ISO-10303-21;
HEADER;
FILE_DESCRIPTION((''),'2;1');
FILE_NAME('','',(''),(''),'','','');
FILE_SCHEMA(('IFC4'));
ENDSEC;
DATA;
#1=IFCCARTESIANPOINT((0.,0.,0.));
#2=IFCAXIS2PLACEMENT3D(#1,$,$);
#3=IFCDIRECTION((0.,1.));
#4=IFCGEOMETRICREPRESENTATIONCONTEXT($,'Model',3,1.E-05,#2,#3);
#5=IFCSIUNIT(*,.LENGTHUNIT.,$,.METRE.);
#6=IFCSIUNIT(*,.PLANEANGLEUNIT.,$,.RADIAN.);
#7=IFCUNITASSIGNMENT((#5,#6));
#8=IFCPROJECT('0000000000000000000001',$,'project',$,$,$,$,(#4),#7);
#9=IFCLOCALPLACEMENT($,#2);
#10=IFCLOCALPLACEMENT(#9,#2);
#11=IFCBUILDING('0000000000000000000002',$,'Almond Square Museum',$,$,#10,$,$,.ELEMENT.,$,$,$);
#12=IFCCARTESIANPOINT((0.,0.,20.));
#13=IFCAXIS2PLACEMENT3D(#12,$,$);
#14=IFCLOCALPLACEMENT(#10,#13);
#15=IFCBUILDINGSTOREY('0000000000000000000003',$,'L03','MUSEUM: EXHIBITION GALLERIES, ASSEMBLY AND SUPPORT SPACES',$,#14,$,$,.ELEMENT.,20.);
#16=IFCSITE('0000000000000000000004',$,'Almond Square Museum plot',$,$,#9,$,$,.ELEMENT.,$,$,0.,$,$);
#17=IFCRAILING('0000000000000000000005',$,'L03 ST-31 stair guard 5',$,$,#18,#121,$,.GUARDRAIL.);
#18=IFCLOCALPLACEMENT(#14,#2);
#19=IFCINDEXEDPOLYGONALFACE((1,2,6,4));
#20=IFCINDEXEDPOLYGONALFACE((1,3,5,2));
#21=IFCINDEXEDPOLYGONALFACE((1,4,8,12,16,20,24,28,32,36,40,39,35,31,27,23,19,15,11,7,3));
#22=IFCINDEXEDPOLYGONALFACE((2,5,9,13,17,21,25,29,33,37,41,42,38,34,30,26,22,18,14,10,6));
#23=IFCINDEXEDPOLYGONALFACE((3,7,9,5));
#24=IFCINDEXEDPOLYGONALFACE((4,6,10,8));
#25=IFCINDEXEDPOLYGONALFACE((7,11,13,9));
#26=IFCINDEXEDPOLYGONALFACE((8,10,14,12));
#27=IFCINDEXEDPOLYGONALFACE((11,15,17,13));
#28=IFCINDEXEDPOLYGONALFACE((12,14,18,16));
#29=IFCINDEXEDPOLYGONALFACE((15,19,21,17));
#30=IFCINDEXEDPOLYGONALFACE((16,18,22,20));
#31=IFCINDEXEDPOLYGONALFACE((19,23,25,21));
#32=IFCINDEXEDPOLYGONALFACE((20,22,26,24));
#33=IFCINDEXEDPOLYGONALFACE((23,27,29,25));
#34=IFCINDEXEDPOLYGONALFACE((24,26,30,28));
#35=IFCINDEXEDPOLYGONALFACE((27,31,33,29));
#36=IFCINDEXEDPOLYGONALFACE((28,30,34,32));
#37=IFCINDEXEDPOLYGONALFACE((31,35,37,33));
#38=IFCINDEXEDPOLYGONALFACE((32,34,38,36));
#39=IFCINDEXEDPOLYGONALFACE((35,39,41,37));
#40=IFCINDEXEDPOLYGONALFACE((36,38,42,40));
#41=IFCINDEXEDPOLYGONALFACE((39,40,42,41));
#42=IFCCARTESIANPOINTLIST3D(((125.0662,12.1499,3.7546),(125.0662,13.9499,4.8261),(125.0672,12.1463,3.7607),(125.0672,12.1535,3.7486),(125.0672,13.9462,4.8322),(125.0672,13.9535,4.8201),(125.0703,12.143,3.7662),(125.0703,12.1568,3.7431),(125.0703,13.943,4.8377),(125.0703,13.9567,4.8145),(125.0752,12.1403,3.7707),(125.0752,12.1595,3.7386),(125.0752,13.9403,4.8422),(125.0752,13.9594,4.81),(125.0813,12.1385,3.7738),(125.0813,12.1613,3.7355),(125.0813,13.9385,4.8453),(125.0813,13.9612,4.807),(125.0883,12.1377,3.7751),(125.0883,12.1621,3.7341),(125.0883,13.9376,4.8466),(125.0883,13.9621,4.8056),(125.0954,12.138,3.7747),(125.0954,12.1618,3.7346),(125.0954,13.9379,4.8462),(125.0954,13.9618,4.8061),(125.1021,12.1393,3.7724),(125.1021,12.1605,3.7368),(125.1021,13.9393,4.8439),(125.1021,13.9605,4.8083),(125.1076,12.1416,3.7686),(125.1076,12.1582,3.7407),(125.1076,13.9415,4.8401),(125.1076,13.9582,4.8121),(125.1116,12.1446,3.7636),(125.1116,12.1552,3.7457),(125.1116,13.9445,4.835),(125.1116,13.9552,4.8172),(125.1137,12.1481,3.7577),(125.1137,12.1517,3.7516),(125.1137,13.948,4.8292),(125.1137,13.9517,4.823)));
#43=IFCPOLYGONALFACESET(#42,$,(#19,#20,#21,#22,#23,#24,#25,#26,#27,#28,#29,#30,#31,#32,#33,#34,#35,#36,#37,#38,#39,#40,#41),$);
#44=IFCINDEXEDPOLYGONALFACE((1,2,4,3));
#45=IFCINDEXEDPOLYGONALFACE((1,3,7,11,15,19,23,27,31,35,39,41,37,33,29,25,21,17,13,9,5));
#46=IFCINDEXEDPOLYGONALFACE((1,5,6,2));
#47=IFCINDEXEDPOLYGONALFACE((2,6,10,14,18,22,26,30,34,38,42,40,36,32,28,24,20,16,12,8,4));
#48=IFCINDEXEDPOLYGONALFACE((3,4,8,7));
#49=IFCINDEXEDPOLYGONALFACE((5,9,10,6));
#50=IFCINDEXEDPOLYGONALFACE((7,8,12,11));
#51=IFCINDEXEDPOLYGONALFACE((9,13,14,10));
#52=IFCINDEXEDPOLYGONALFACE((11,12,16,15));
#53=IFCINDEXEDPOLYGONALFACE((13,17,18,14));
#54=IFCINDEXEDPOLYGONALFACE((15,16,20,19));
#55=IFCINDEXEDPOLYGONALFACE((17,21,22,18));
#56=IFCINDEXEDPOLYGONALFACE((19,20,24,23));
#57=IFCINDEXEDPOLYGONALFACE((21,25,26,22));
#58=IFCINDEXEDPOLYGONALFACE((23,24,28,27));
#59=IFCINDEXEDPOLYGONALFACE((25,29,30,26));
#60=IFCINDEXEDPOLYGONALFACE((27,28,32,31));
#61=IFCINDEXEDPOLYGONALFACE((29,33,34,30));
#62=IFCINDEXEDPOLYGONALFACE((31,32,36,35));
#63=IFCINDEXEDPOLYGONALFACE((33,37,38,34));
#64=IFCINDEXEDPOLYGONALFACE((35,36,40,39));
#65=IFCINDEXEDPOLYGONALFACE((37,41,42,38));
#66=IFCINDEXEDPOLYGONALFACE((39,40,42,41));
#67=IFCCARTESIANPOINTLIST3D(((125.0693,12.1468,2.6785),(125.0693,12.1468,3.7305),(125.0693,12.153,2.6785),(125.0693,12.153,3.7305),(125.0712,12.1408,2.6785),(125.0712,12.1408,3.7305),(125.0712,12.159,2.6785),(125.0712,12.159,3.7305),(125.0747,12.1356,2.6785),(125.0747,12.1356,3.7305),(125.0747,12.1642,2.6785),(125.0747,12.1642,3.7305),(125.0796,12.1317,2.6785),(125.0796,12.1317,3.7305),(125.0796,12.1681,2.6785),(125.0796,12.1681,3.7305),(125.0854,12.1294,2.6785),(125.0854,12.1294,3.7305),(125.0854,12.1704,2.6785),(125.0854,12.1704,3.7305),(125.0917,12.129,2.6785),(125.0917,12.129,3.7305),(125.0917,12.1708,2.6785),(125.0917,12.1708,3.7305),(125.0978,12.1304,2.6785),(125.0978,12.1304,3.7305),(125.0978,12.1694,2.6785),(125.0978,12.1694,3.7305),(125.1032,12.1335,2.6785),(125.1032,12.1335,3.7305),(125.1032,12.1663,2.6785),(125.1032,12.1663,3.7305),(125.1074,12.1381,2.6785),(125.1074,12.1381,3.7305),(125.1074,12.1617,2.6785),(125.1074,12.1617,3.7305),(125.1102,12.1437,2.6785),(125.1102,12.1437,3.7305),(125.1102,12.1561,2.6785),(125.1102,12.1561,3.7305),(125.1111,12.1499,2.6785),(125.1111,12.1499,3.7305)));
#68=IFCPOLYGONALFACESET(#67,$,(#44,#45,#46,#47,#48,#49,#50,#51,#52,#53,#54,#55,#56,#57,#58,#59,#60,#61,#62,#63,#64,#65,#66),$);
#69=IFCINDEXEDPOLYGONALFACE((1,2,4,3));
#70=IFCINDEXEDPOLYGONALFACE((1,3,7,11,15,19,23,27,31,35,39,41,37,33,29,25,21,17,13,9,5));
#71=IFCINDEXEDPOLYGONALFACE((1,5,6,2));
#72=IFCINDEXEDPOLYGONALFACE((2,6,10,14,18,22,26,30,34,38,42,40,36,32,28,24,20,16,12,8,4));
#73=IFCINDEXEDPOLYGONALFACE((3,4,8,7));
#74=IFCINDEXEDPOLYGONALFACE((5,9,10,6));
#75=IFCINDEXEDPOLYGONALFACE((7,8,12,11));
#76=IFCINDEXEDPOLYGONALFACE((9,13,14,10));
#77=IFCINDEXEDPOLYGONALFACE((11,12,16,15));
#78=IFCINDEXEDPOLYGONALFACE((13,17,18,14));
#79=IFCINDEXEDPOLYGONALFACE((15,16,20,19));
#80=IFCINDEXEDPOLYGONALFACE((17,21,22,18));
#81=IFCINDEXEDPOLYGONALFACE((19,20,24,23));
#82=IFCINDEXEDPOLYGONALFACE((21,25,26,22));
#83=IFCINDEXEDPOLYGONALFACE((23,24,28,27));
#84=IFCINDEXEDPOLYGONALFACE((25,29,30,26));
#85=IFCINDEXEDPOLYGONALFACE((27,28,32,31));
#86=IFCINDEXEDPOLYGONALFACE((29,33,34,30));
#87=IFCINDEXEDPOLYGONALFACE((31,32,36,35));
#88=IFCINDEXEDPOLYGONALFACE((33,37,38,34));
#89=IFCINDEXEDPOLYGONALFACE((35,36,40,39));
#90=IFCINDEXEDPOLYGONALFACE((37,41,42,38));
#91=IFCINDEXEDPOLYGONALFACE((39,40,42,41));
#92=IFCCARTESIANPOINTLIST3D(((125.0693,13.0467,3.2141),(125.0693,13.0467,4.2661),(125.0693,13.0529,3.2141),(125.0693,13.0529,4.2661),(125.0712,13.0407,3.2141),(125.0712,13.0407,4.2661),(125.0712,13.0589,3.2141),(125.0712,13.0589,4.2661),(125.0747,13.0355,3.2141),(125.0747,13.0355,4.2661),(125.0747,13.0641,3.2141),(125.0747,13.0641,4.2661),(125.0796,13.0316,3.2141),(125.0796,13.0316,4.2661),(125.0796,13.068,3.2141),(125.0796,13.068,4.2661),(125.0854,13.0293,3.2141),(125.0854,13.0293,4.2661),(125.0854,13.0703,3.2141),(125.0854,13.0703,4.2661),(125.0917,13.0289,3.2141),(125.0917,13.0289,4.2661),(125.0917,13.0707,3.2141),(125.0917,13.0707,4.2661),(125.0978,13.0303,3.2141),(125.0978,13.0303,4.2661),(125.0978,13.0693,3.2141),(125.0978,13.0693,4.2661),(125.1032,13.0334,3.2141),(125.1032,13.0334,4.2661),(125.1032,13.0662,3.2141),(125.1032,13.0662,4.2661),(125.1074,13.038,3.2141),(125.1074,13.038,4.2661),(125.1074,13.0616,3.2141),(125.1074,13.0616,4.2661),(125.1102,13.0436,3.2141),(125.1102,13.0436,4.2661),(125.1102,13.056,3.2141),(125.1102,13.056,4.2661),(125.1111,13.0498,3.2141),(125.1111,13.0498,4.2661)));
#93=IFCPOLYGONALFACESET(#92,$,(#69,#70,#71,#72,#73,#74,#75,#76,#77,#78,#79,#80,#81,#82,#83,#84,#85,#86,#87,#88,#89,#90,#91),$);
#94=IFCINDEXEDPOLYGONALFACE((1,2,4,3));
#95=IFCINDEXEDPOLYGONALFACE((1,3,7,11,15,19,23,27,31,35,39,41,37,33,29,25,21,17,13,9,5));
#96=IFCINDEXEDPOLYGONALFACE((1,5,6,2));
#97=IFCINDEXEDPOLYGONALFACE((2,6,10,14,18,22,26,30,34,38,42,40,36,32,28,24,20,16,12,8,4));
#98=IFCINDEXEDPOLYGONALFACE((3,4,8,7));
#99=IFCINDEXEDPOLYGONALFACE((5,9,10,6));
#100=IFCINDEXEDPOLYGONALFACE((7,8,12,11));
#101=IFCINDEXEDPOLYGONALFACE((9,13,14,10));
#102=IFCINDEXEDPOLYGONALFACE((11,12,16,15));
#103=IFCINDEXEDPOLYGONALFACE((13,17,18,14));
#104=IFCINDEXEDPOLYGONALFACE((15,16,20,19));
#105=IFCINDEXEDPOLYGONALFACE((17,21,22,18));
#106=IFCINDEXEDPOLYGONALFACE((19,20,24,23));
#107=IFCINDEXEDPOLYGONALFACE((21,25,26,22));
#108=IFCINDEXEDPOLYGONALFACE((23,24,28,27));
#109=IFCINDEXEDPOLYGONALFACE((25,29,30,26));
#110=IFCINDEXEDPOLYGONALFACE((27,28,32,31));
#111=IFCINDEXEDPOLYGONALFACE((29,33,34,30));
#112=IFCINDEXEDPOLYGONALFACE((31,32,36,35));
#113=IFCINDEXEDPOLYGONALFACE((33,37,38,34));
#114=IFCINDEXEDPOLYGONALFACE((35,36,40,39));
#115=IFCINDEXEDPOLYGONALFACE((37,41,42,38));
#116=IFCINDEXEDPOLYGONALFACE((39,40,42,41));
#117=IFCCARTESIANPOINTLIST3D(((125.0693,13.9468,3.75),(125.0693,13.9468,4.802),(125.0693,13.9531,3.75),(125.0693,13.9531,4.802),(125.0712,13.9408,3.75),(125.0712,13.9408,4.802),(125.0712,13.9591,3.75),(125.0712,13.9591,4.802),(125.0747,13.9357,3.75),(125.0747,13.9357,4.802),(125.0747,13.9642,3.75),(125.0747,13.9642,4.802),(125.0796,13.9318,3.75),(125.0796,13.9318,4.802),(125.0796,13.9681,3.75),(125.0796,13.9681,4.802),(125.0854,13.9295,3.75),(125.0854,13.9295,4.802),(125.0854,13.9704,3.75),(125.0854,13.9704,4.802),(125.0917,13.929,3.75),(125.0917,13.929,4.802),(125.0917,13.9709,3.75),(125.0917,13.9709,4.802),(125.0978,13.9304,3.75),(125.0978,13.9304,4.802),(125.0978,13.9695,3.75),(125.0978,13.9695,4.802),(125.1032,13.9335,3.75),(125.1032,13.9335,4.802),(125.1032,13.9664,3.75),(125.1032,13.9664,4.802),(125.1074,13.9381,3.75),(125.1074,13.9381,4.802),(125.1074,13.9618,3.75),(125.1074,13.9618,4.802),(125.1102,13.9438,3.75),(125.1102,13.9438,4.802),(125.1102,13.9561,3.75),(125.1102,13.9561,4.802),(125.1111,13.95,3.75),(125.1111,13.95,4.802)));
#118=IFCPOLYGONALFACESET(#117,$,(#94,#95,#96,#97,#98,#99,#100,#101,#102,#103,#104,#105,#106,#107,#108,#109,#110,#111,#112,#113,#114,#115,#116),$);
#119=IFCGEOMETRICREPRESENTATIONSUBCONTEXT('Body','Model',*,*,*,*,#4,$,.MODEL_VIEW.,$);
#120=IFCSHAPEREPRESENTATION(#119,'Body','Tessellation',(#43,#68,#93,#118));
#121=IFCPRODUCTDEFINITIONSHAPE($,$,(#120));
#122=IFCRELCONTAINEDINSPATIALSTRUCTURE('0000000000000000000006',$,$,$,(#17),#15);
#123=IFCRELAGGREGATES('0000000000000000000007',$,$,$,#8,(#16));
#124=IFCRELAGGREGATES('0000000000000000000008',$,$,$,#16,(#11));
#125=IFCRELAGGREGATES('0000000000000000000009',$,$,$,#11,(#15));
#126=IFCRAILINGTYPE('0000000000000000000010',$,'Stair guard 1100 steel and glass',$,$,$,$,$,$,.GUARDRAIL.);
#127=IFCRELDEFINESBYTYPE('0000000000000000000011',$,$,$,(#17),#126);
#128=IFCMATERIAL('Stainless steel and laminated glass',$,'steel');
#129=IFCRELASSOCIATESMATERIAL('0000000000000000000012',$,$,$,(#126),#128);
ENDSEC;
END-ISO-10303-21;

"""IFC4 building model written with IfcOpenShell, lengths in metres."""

from ifc_helpers import new_model, si_unit, direction, frame, origin, origin_2d, place, context, subcontext, project, spatial, circle, extrude, material, type_object, element, save


model = new_model("IFC4")

# Units and contexts
model_context = context("Model", 3, precision=1e-05, world=origin(), true_north=direction((0.0, 1.0)))
body_context = subcontext(model_context, "Body", "Model", "MODEL_VIEW")
ifc_project = project(units=[si_unit("LENGTHUNIT", "METRE"), si_unit("PLANEANGLEUNIT", "RADIAN")], contexts=[model_context])

# Site, building, storey
site_placement = place(None, origin())
site = spatial("IfcSite", under=ifc_project, at=site_placement, Name="Almond Square Museum plot", CompositionType="ELEMENT", RefElevation=0.0)
building_placement = place(site_placement, origin())
building = spatial("IfcBuilding", under=site, at=building_placement, Name="Almond Square Museum", CompositionType="ELEMENT")
storey_placement = place(building_placement, frame((0.0, 0.0, 20.0)))
storey = spatial("IfcBuildingStorey", under=building, at=storey_placement, Name="L03", Description="MUSEUM: EXHIBITION GALLERIES, ASSEMBLY AND SUPPORT SPACES", CompositionType="ELEMENT", Elevation=20.0)

# Railing
ifc_material_1 = material(Name="Stainless steel and laminated glass", Category="steel")
railing_type_1 = type_object("IfcRailingType", Name="Stair guard 1100 steel and glass", PredefinedType="GUARDRAIL", material=ifc_material_1)
railing_1_placement = place(storey_placement, frame((125.0901, 12.1499, 2.6785)))
element("IfcRailing", 1, at=railing_1_placement, inside=storey, type_object=railing_type_1, Name="L03 ST-31 stair guard 5", PredefinedType="GUARDRAIL", context=body_context, shape_type="SweptSolid", body=[
    extrude(circle(Radius=0.0239, at=origin_2d()), frame((0.0, 0.0, 1.0762), z_axis=(0.0, 0.859277, 0.51151), x_axis=(-1.0, 0.0, 0.0)), (0.0, 0.0, 1.0), 2.0947),
    extrude(circle(Radius=0.021, at=origin_2d()), origin(), (0.0, 0.0, 1.0), 1.052),
    extrude(circle(Radius=0.021, at=origin_2d()), frame((0.0, 0.8999, 0.5356)), (0.0, 0.0, 1.0), 1.052),
    extrude(circle(Radius=0.021, at=origin_2d()), frame((0.0, 1.8, 1.0715)), (0.0, 0.0, 1.0), 1.052),
])

save(model, "model.ifc")
